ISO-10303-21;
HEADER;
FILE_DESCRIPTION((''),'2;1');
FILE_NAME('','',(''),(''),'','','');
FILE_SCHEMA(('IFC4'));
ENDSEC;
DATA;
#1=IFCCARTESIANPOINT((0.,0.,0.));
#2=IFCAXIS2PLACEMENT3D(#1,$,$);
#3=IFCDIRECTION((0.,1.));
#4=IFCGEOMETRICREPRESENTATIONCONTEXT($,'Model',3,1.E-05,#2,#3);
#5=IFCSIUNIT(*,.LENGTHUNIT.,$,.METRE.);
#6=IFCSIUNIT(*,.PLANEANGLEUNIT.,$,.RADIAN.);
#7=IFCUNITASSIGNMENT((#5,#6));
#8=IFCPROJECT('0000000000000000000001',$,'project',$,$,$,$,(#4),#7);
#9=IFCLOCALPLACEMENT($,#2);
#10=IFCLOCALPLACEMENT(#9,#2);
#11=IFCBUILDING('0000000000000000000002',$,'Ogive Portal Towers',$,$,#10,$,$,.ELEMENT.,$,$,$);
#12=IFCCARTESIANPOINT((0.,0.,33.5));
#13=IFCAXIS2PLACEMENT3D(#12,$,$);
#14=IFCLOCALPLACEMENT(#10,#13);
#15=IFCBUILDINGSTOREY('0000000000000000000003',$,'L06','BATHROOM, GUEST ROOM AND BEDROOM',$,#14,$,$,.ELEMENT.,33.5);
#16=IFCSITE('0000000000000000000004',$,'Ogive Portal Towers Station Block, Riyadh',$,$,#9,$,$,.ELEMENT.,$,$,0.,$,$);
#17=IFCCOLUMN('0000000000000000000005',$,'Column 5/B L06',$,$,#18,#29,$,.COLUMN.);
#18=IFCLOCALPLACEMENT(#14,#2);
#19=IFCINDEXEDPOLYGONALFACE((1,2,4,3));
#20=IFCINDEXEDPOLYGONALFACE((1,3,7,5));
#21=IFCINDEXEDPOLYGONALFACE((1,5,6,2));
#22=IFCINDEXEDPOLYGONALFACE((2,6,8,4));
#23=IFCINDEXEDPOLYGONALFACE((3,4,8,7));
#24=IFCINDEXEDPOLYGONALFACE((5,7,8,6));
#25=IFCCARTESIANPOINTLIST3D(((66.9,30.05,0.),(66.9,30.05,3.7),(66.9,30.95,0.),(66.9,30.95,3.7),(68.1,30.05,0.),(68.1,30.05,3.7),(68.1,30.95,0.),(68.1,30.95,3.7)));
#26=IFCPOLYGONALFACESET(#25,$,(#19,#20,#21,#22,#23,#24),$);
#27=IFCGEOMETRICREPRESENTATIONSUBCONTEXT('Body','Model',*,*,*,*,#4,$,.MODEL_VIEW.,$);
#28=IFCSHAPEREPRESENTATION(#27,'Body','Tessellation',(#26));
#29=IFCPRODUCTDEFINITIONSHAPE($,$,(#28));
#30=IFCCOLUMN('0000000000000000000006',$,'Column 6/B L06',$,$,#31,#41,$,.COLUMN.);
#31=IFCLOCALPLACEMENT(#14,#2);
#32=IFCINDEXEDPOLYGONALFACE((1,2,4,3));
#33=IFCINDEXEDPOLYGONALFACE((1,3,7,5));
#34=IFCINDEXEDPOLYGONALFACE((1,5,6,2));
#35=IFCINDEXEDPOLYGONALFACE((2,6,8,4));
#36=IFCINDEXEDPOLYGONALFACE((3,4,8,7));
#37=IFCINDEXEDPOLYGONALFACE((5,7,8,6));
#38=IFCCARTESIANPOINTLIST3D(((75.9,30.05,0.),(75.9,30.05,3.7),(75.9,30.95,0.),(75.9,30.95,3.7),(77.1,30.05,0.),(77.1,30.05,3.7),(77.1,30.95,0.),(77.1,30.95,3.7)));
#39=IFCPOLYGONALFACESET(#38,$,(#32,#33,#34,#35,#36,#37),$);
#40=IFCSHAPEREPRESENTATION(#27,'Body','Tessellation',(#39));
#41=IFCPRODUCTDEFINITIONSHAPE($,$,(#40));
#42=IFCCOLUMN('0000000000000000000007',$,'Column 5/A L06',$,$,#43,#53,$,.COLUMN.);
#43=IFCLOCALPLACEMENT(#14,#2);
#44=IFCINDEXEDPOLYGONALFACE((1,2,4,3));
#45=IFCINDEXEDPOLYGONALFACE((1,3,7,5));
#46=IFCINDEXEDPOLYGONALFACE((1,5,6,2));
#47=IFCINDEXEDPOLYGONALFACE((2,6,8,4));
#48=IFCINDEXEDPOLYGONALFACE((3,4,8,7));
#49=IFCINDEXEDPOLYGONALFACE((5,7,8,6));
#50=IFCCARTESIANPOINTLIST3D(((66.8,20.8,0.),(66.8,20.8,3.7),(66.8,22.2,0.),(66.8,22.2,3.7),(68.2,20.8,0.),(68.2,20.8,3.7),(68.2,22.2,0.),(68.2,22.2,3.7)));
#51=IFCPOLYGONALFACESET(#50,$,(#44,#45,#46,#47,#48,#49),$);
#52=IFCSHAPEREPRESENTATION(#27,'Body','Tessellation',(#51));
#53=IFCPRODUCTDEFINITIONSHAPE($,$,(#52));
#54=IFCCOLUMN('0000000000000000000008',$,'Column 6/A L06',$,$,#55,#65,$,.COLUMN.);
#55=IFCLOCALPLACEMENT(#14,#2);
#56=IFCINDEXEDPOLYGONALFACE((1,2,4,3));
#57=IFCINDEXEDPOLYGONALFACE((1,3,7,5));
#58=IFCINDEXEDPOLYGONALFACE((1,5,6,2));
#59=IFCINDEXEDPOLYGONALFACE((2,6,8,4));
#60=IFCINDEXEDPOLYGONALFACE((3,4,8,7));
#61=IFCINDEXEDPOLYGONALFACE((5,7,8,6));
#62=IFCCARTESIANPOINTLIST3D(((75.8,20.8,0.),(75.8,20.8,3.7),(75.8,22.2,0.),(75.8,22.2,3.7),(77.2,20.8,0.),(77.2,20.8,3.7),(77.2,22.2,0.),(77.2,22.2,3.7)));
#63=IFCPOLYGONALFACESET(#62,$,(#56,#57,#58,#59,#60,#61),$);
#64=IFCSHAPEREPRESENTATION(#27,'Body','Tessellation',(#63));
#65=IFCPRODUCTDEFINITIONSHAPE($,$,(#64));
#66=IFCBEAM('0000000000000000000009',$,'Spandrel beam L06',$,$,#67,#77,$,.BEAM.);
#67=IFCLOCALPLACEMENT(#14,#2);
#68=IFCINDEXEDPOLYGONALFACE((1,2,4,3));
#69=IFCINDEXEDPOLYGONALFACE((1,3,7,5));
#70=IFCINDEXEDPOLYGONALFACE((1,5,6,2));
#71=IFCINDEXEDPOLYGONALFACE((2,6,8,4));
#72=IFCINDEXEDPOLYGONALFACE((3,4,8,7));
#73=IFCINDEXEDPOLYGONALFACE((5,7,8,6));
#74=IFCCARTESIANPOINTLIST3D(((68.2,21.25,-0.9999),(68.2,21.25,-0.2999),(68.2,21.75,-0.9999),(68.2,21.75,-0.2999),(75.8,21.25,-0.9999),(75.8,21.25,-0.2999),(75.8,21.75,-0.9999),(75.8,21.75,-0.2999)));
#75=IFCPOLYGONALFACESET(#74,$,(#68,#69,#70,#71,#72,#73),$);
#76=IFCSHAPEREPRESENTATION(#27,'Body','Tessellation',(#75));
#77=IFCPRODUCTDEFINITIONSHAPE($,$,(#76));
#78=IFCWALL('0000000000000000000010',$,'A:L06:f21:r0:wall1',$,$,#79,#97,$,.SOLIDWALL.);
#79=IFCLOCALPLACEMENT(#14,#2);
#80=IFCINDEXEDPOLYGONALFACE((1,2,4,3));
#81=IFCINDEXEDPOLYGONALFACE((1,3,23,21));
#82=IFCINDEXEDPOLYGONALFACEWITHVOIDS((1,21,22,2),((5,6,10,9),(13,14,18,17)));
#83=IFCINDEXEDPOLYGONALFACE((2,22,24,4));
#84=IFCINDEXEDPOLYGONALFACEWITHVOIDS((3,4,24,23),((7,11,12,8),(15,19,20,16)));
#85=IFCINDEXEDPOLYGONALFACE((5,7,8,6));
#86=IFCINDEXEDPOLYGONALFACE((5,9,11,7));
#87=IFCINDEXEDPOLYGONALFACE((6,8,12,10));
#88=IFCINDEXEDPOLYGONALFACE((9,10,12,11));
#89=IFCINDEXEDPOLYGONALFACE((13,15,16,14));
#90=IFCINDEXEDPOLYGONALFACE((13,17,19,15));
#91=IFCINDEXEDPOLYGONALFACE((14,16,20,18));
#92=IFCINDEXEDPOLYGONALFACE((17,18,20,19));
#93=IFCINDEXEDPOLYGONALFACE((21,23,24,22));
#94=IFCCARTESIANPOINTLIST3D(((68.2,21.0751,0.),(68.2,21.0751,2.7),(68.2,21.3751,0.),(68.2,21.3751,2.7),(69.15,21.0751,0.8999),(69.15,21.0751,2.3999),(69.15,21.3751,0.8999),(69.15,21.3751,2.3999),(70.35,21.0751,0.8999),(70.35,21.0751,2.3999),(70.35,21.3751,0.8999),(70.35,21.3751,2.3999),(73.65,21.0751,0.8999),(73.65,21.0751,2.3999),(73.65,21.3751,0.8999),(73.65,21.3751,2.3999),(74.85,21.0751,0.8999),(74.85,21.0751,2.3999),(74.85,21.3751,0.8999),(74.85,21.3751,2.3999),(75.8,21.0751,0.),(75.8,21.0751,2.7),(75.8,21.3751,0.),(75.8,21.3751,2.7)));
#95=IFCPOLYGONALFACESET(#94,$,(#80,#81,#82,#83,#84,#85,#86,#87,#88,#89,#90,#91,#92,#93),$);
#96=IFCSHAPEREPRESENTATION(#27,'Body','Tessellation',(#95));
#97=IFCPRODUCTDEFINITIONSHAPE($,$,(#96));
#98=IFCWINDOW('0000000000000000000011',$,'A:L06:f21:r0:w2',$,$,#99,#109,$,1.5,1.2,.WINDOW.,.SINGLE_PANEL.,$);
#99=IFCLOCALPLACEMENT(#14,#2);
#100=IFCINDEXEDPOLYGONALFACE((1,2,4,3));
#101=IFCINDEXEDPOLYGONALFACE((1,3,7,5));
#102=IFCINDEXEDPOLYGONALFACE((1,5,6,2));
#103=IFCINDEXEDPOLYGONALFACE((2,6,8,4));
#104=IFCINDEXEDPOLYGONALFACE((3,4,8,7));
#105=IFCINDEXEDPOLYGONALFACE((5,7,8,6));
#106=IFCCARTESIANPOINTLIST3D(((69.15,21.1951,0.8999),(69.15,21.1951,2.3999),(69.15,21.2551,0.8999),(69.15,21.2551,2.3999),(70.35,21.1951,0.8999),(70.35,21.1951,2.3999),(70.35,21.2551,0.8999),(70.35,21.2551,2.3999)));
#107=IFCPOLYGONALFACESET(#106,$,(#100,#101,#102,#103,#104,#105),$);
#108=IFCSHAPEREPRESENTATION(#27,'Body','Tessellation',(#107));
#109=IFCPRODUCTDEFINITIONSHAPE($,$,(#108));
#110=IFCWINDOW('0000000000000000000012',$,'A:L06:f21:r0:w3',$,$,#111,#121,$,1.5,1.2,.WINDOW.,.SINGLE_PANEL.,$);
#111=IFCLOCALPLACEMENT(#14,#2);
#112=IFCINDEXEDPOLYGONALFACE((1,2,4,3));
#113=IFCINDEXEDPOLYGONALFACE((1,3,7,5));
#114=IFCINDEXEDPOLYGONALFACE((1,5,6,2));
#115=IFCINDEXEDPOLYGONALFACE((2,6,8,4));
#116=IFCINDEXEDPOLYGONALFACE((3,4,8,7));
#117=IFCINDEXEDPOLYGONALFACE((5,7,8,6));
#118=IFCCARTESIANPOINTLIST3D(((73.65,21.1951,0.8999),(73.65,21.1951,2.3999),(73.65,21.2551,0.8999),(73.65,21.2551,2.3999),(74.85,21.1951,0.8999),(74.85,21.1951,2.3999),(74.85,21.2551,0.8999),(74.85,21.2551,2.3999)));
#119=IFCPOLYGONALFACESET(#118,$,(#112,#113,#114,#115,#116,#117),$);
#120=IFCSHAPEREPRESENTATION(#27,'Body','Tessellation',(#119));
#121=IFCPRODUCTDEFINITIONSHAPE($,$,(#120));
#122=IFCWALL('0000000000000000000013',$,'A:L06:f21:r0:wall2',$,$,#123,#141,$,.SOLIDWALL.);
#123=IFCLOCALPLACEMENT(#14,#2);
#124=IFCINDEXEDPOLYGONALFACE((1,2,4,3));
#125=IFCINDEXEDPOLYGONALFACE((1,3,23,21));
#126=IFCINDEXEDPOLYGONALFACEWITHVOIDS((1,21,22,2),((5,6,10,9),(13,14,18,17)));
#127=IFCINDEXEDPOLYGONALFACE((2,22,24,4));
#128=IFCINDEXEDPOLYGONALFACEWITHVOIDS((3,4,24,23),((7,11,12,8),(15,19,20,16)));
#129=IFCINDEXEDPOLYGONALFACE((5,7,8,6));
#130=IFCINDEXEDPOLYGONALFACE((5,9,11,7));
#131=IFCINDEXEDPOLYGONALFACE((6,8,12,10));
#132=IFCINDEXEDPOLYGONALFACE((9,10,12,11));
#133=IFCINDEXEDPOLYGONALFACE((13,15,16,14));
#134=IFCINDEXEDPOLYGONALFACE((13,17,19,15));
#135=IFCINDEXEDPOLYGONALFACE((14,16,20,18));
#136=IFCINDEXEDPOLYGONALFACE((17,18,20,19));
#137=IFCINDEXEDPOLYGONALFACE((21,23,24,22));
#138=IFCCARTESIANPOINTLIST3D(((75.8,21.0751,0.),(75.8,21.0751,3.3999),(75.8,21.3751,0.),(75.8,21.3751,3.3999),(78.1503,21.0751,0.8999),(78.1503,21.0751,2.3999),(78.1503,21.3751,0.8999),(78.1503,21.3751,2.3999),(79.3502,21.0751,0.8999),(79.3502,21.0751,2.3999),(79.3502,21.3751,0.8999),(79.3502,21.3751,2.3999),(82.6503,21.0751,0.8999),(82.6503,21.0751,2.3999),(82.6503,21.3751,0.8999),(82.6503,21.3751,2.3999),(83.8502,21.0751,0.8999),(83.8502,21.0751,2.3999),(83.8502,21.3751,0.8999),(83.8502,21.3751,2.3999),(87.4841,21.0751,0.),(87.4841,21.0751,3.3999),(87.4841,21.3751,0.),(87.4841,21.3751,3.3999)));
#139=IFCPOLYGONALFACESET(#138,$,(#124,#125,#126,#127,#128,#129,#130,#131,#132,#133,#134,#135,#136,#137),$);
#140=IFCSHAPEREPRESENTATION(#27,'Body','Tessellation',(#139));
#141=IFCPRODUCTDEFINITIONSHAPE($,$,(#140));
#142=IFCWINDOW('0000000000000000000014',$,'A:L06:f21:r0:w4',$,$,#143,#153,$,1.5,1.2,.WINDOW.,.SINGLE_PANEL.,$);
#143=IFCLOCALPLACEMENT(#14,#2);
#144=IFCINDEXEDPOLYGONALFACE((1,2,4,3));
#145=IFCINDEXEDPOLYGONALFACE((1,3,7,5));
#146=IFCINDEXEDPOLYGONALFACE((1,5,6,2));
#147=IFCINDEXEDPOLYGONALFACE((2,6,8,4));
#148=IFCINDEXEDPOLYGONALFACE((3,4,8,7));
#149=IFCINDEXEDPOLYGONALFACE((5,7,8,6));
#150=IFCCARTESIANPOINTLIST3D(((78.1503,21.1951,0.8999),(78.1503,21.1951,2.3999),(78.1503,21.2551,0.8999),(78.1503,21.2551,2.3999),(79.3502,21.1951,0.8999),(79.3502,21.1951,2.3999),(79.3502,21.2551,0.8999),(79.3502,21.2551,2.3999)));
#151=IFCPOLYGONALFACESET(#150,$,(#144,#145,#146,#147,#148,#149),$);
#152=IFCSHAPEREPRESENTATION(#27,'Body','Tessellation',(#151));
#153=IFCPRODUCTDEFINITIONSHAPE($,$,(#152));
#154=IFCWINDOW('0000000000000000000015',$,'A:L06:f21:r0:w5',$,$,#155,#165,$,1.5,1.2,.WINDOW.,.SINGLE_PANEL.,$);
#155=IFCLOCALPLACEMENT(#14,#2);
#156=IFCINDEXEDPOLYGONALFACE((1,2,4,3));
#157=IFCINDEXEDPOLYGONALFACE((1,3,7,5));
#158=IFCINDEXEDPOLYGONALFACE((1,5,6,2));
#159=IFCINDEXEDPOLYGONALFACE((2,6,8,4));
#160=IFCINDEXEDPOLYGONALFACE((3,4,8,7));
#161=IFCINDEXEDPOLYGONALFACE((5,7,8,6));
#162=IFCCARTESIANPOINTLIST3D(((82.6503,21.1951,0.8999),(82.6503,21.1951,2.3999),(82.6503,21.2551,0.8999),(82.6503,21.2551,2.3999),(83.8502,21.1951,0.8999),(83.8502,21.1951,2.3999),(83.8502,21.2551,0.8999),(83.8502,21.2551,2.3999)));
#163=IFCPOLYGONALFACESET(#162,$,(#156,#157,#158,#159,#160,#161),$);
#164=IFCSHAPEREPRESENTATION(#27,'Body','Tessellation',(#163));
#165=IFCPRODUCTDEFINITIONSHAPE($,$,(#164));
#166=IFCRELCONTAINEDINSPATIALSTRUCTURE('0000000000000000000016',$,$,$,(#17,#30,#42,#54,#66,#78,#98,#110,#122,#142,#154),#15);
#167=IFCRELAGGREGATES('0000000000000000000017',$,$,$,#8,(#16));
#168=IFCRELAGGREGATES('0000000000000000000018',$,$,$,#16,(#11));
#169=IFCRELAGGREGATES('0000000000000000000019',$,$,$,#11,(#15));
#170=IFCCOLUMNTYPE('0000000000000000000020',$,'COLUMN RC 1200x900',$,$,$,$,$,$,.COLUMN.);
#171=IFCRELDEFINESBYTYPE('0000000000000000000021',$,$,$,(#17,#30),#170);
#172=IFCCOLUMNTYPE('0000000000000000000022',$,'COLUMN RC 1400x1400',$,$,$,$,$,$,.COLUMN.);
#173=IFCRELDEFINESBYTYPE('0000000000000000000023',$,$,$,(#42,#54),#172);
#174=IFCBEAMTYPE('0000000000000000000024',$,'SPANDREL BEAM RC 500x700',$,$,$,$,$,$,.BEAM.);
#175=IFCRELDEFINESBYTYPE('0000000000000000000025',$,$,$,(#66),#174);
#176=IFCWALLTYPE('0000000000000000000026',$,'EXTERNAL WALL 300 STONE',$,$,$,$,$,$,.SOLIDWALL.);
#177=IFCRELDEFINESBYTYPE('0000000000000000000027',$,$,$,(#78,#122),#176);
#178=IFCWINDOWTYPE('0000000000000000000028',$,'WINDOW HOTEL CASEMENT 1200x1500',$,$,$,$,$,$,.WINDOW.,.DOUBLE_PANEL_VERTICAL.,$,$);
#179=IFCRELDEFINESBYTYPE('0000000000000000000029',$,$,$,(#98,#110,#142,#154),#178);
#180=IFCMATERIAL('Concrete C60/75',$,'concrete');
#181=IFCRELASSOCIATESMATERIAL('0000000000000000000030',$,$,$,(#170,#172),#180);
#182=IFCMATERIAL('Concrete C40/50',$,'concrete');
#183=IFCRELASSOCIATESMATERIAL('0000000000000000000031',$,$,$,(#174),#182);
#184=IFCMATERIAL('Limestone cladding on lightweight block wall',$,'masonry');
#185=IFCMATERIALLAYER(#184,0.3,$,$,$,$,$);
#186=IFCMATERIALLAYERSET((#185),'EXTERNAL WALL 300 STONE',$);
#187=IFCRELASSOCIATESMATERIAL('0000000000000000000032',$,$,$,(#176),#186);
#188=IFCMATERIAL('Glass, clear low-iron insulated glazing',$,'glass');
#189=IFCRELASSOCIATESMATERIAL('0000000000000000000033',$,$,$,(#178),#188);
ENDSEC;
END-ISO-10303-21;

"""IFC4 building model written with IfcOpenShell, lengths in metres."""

from ifc_helpers import new_model, si_unit, direction, frame, frame_2d, origin, origin_2d, place, context, subcontext, project, spatial, rectangle, extrude, material, layer, layer_set, material_profile, profile_set, type_object, element, fill, save


model = new_model("IFC4")

# Units and contexts
model_context = context("Model", 3, precision=1e-05, world=origin(), true_north=direction((0.0, 1.0)))
body_context = subcontext(model_context, "Body", "Model", "MODEL_VIEW")
ifc_project = project(units=[si_unit("LENGTHUNIT", "METRE"), si_unit("PLANEANGLEUNIT", "RADIAN")], contexts=[model_context])

# Site, building, storey
site_placement = place(None, origin())
site = spatial("IfcSite", under=ifc_project, at=site_placement, Name="Ogive Portal Towers Station Block, Riyadh", CompositionType="ELEMENT", RefElevation=0.0)
building_placement = place(site_placement, origin())
building = spatial("IfcBuilding", under=site, at=building_placement, Name="Ogive Portal Towers", CompositionType="ELEMENT")
storey_placement = place(building_placement, frame((0.0, 0.0, 33.5)))
storey = spatial("IfcBuildingStorey", under=building, at=storey_placement, Name="L06", Description="BATHROOM, GUEST ROOM AND BEDROOM", CompositionType="ELEMENT", Elevation=33.5)

# Columns
ifc_material_1 = material(Name="Concrete C60/75", Category="concrete")
ifc_material_profile_1 = material_profile(ifc_material_1, rectangle(XDim=1.2, YDim=0.8999, at=origin_2d()), Name="RC 1200x900")
ifc_profile_set_1 = profile_set([ifc_material_profile_1], Name="Concrete C60/75")
column_type_1 = type_object("IfcColumnType", Name="COLUMN RC 1200x900", PredefinedType="COLUMN", material=ifc_profile_set_1)
for number, where, z_axis, x_axis, name in (
    (1, (67.5, 30.5, 0.0), (0.0, 0.0, 1.0), (1.0, 0.0, 0.0), "Column 5/B L06"),
    (2, (76.5, 30.5, 0.0), (0.0, 0.0, 1.0), (1.0, 0.0, 0.0), "Column 6/B L06"),
):
    element("IfcColumn", number, at=place(storey_placement, frame(where, z_axis=z_axis, x_axis=x_axis)), inside=storey, type_object=column_type_1, Name=name, PredefinedType="COLUMN", context=body_context, shape_type="SweptSolid", body=[
        extrude(rectangle(XDim=1.2, YDim=0.8999, at=origin_2d()), origin(), (0.0, 0.0, 1.0), 3.7),
    ])
ifc_material_profile_2 = material_profile(ifc_material_1, rectangle(XDim=1.3999, YDim=1.3999, at=origin_2d()), Name="RC 1400x1400")
ifc_profile_set_2 = profile_set([ifc_material_profile_2], Name="Concrete C60/75")
column_type_2 = type_object("IfcColumnType", Name="COLUMN RC 1400x1400", PredefinedType="COLUMN", material=ifc_profile_set_2)
for number, where, z_axis, x_axis, name in (
    (3, (67.5, 21.5, 0.0), (0.0, 0.0, 1.0), (1.0, 0.0, 0.0), "Column 5/A L06"),
    (4, (76.5, 21.5, 0.0), (0.0, 0.0, 1.0), (1.0, 0.0, 0.0), "Column 6/A L06"),
):
    element("IfcColumn", number, at=place(storey_placement, frame(where, z_axis=z_axis, x_axis=x_axis)), inside=storey, type_object=column_type_2, Name=name, PredefinedType="COLUMN", context=body_context, shape_type="SweptSolid", body=[
        extrude(rectangle(XDim=1.3999, YDim=1.3999, at=origin_2d()), origin(), (0.0, 0.0, 1.0), 3.7),
    ])

# Beam
ifc_material_2 = material(Name="Concrete C40/50", Category="concrete")
ifc_material_profile_3 = material_profile(ifc_material_2, rectangle(XDim=0.5, YDim=0.7, at=origin_2d()), Name="RC 500x700")
ifc_profile_set_3 = profile_set([ifc_material_profile_3], Name="Concrete C40/50")
beam_type = type_object("IfcBeamType", Name="SPANDREL BEAM RC 500x700", PredefinedType="BEAM", material=ifc_profile_set_3)
beam_placement = place(storey_placement, frame((75.8, 21.5, -0.6499), z_axis=(-1.0, 0.0, 0.0), x_axis=(0.0, -1.0, 0.0)))
element("IfcBeam", 5, at=beam_placement, inside=storey, type_object=beam_type, Name="Spandrel beam L06", PredefinedType="BEAM", context=body_context, shape_type="SweptSolid", body=[
    extrude(rectangle(XDim=0.5, YDim=0.7, at=origin_2d()), origin(), (0.0, 0.0, 1.0), 7.6001),
])

# Walls, openings, windows
ifc_material_3 = material(Name="Limestone cladding on lightweight block wall", Category="masonry")
ifc_layer_1 = layer(ifc_material_3, 0.3)
ifc_layer_set_1 = layer_set([ifc_layer_1], Name="EXTERNAL WALL 300 STONE")
wall_type_1 = type_object("IfcWallType", Name="EXTERNAL WALL 300 STONE", PredefinedType="SOLIDWALL", material=ifc_layer_set_1)
wall_1_placement = place(storey_placement, frame((68.2, 21.2251, 0.0), z_axis=(0.0, 0.0, 1.0), x_axis=(1.0, 0.0, 0.0)))
wall_1 = element("IfcWall", 6, at=wall_1_placement, inside=storey, type_object=wall_type_1, Name="A:L06:f21:r0:wall1", PredefinedType="SOLIDWALL", context=body_context, shape_type="SweptSolid", body=[
    extrude(rectangle(XDim=7.6001, YDim=0.3, at=frame_2d((3.8, 0.0))), origin(), (0.0, 0.0, 1.0), 2.7),
])
opening_1_placement = place(wall_1_placement, frame((0.95, 0.0, 0.8999)))
opening_1 = element("IfcOpeningElement", 7, at=opening_1_placement, cuts=wall_1, PredefinedType="OPENING", context=body_context, shape_type="SweptSolid", body=[
    extrude(rectangle(XDim=1.2, YDim=1.5, at=frame_2d((0.6001, 0.75))), frame((0.0, 0.1602, 0.0), z_axis=(0.0, -1.0, 0.0), x_axis=(1.0, 0.0, 0.0)), (0.0, 0.0, 1.0), 0.3201),
])
opening_2_placement = place(wall_1_placement, frame((5.45, 0.0, 0.8999)))
opening_2 = element("IfcOpeningElement", 8, at=opening_2_placement, cuts=wall_1, PredefinedType="OPENING", context=body_context, shape_type="SweptSolid", body=[
    extrude(rectangle(XDim=1.2, YDim=1.5, at=frame_2d((0.6001, 0.75))), frame((0.0, 0.1602, 0.0), z_axis=(0.0, -1.0, 0.0), x_axis=(1.0, 0.0, 0.0)), (0.0, 0.0, 1.0), 0.3201),
])
ifc_material_4 = material(Name="Glass, clear low-iron insulated glazing", Category="glass")
window_type = type_object("IfcWindowType", Name="WINDOW HOTEL CASEMENT 1200x1500", PartitioningType="DOUBLE_PANEL_VERTICAL", PredefinedType="WINDOW", material=ifc_material_4)
window_1_placement = place(opening_1_placement, origin())
window_1 = element("IfcWindow", 9, at=window_1_placement, inside=storey, type_object=window_type, Name="A:L06:f21:r0:w2", OverallHeight=1.5, OverallWidth=1.2, PartitioningType="SINGLE_PANEL", PredefinedType="WINDOW", context=body_context, shape_type="SweptSolid", body=[
    extrude(rectangle(XDim=1.2, YDim=1.5, at=frame_2d((0.6001, 0.75))), frame((0.0, 0.03, 0.0), z_axis=(0.0, -1.0, 0.0), x_axis=(1.0, 0.0, 0.0)), (0.0, 0.0, 1.0), 0.0601),
])
fill(opening_1, window_1)
window_2_placement = place(opening_2_placement, origin())
window_2 = element("IfcWindow", 10, at=window_2_placement, inside=storey, type_object=window_type, Name="A:L06:f21:r0:w3", OverallHeight=1.5, OverallWidth=1.2, PartitioningType="SINGLE_PANEL", PredefinedType="WINDOW", context=body_context, shape_type="SweptSolid", body=[
    extrude(rectangle(XDim=1.2, YDim=1.5, at=frame_2d((0.6001, 0.75))), frame((0.0, 0.03, 0.0), z_axis=(0.0, -1.0, 0.0), x_axis=(1.0, 0.0, 0.0)), (0.0, 0.0, 1.0), 0.0601),
])
fill(opening_2, window_2)
wall_2_placement = place(storey_placement, frame((75.8, 21.2251, 0.0), z_axis=(0.0, 0.0, 1.0), x_axis=(1.0, 0.0, 0.0)))
wall_2 = element("IfcWall", 11, at=wall_2_placement, inside=storey, type_object=wall_type_1, Name="A:L06:f21:r0:wall2", PredefinedType="SOLIDWALL", context=body_context, shape_type="SweptSolid", body=[
    extrude(rectangle(XDim=11.6841, YDim=0.3, at=frame_2d((5.842, 0.0))), origin(), (0.0, 0.0, 1.0), 3.3999),
])
opening_3_placement = place(wall_2_placement, frame((2.3501, 0.0, 0.8999)))
opening_3 = element("IfcOpeningElement", 12, at=opening_3_placement, cuts=wall_2, PredefinedType="OPENING", context=body_context, shape_type="SweptSolid", body=[
    extrude(rectangle(XDim=1.2, YDim=1.5, at=frame_2d((0.6001, 0.75))), frame((0.0, 0.1602, 0.0), z_axis=(0.0, -1.0, 0.0), x_axis=(1.0, 0.0, 0.0)), (0.0, 0.0, 1.0), 0.3201),
])
opening_4_placement = place(wall_2_placement, frame((6.8501, 0.0, 0.8999)))
opening_4 = element("IfcOpeningElement", 13, at=opening_4_placement, cuts=wall_2, PredefinedType="OPENING", context=body_context, shape_type="SweptSolid", body=[
    extrude(rectangle(XDim=1.2, YDim=1.5, at=frame_2d((0.6001, 0.75))), frame((0.0, 0.1602, 0.0), z_axis=(0.0, -1.0, 0.0), x_axis=(1.0, 0.0, 0.0)), (0.0, 0.0, 1.0), 0.3201),
])
window_3_placement = place(opening_3_placement, origin())
window_3 = element("IfcWindow", 14, at=window_3_placement, inside=storey, type_object=window_type, Name="A:L06:f21:r0:w4", OverallHeight=1.5, OverallWidth=1.2, PartitioningType="SINGLE_PANEL", PredefinedType="WINDOW", context=body_context, shape_type="SweptSolid", body=[
    extrude(rectangle(XDim=1.2, YDim=1.5, at=frame_2d((0.6001, 0.75))), frame((0.0, 0.03, 0.0), z_axis=(0.0, -1.0, 0.0), x_axis=(1.0, 0.0, 0.0)), (0.0, 0.0, 1.0), 0.0601),
])
fill(opening_3, window_3)
window_4_placement = place(opening_4_placement, origin())
window_4 = element("IfcWindow", 15, at=window_4_placement, inside=storey, type_object=window_type, Name="A:L06:f21:r0:w5", OverallHeight=1.5, OverallWidth=1.2, PartitioningType="SINGLE_PANEL", PredefinedType="WINDOW", context=body_context, shape_type="SweptSolid", body=[
    extrude(rectangle(XDim=1.2, YDim=1.5, at=frame_2d((0.6001, 0.75))), frame((0.0, 0.03, 0.0), z_axis=(0.0, -1.0, 0.0), x_axis=(1.0, 0.0, 0.0)), (0.0, 0.0, 1.0), 0.0601),
])
fill(opening_4, window_4)

save(model, "model.ifc")
